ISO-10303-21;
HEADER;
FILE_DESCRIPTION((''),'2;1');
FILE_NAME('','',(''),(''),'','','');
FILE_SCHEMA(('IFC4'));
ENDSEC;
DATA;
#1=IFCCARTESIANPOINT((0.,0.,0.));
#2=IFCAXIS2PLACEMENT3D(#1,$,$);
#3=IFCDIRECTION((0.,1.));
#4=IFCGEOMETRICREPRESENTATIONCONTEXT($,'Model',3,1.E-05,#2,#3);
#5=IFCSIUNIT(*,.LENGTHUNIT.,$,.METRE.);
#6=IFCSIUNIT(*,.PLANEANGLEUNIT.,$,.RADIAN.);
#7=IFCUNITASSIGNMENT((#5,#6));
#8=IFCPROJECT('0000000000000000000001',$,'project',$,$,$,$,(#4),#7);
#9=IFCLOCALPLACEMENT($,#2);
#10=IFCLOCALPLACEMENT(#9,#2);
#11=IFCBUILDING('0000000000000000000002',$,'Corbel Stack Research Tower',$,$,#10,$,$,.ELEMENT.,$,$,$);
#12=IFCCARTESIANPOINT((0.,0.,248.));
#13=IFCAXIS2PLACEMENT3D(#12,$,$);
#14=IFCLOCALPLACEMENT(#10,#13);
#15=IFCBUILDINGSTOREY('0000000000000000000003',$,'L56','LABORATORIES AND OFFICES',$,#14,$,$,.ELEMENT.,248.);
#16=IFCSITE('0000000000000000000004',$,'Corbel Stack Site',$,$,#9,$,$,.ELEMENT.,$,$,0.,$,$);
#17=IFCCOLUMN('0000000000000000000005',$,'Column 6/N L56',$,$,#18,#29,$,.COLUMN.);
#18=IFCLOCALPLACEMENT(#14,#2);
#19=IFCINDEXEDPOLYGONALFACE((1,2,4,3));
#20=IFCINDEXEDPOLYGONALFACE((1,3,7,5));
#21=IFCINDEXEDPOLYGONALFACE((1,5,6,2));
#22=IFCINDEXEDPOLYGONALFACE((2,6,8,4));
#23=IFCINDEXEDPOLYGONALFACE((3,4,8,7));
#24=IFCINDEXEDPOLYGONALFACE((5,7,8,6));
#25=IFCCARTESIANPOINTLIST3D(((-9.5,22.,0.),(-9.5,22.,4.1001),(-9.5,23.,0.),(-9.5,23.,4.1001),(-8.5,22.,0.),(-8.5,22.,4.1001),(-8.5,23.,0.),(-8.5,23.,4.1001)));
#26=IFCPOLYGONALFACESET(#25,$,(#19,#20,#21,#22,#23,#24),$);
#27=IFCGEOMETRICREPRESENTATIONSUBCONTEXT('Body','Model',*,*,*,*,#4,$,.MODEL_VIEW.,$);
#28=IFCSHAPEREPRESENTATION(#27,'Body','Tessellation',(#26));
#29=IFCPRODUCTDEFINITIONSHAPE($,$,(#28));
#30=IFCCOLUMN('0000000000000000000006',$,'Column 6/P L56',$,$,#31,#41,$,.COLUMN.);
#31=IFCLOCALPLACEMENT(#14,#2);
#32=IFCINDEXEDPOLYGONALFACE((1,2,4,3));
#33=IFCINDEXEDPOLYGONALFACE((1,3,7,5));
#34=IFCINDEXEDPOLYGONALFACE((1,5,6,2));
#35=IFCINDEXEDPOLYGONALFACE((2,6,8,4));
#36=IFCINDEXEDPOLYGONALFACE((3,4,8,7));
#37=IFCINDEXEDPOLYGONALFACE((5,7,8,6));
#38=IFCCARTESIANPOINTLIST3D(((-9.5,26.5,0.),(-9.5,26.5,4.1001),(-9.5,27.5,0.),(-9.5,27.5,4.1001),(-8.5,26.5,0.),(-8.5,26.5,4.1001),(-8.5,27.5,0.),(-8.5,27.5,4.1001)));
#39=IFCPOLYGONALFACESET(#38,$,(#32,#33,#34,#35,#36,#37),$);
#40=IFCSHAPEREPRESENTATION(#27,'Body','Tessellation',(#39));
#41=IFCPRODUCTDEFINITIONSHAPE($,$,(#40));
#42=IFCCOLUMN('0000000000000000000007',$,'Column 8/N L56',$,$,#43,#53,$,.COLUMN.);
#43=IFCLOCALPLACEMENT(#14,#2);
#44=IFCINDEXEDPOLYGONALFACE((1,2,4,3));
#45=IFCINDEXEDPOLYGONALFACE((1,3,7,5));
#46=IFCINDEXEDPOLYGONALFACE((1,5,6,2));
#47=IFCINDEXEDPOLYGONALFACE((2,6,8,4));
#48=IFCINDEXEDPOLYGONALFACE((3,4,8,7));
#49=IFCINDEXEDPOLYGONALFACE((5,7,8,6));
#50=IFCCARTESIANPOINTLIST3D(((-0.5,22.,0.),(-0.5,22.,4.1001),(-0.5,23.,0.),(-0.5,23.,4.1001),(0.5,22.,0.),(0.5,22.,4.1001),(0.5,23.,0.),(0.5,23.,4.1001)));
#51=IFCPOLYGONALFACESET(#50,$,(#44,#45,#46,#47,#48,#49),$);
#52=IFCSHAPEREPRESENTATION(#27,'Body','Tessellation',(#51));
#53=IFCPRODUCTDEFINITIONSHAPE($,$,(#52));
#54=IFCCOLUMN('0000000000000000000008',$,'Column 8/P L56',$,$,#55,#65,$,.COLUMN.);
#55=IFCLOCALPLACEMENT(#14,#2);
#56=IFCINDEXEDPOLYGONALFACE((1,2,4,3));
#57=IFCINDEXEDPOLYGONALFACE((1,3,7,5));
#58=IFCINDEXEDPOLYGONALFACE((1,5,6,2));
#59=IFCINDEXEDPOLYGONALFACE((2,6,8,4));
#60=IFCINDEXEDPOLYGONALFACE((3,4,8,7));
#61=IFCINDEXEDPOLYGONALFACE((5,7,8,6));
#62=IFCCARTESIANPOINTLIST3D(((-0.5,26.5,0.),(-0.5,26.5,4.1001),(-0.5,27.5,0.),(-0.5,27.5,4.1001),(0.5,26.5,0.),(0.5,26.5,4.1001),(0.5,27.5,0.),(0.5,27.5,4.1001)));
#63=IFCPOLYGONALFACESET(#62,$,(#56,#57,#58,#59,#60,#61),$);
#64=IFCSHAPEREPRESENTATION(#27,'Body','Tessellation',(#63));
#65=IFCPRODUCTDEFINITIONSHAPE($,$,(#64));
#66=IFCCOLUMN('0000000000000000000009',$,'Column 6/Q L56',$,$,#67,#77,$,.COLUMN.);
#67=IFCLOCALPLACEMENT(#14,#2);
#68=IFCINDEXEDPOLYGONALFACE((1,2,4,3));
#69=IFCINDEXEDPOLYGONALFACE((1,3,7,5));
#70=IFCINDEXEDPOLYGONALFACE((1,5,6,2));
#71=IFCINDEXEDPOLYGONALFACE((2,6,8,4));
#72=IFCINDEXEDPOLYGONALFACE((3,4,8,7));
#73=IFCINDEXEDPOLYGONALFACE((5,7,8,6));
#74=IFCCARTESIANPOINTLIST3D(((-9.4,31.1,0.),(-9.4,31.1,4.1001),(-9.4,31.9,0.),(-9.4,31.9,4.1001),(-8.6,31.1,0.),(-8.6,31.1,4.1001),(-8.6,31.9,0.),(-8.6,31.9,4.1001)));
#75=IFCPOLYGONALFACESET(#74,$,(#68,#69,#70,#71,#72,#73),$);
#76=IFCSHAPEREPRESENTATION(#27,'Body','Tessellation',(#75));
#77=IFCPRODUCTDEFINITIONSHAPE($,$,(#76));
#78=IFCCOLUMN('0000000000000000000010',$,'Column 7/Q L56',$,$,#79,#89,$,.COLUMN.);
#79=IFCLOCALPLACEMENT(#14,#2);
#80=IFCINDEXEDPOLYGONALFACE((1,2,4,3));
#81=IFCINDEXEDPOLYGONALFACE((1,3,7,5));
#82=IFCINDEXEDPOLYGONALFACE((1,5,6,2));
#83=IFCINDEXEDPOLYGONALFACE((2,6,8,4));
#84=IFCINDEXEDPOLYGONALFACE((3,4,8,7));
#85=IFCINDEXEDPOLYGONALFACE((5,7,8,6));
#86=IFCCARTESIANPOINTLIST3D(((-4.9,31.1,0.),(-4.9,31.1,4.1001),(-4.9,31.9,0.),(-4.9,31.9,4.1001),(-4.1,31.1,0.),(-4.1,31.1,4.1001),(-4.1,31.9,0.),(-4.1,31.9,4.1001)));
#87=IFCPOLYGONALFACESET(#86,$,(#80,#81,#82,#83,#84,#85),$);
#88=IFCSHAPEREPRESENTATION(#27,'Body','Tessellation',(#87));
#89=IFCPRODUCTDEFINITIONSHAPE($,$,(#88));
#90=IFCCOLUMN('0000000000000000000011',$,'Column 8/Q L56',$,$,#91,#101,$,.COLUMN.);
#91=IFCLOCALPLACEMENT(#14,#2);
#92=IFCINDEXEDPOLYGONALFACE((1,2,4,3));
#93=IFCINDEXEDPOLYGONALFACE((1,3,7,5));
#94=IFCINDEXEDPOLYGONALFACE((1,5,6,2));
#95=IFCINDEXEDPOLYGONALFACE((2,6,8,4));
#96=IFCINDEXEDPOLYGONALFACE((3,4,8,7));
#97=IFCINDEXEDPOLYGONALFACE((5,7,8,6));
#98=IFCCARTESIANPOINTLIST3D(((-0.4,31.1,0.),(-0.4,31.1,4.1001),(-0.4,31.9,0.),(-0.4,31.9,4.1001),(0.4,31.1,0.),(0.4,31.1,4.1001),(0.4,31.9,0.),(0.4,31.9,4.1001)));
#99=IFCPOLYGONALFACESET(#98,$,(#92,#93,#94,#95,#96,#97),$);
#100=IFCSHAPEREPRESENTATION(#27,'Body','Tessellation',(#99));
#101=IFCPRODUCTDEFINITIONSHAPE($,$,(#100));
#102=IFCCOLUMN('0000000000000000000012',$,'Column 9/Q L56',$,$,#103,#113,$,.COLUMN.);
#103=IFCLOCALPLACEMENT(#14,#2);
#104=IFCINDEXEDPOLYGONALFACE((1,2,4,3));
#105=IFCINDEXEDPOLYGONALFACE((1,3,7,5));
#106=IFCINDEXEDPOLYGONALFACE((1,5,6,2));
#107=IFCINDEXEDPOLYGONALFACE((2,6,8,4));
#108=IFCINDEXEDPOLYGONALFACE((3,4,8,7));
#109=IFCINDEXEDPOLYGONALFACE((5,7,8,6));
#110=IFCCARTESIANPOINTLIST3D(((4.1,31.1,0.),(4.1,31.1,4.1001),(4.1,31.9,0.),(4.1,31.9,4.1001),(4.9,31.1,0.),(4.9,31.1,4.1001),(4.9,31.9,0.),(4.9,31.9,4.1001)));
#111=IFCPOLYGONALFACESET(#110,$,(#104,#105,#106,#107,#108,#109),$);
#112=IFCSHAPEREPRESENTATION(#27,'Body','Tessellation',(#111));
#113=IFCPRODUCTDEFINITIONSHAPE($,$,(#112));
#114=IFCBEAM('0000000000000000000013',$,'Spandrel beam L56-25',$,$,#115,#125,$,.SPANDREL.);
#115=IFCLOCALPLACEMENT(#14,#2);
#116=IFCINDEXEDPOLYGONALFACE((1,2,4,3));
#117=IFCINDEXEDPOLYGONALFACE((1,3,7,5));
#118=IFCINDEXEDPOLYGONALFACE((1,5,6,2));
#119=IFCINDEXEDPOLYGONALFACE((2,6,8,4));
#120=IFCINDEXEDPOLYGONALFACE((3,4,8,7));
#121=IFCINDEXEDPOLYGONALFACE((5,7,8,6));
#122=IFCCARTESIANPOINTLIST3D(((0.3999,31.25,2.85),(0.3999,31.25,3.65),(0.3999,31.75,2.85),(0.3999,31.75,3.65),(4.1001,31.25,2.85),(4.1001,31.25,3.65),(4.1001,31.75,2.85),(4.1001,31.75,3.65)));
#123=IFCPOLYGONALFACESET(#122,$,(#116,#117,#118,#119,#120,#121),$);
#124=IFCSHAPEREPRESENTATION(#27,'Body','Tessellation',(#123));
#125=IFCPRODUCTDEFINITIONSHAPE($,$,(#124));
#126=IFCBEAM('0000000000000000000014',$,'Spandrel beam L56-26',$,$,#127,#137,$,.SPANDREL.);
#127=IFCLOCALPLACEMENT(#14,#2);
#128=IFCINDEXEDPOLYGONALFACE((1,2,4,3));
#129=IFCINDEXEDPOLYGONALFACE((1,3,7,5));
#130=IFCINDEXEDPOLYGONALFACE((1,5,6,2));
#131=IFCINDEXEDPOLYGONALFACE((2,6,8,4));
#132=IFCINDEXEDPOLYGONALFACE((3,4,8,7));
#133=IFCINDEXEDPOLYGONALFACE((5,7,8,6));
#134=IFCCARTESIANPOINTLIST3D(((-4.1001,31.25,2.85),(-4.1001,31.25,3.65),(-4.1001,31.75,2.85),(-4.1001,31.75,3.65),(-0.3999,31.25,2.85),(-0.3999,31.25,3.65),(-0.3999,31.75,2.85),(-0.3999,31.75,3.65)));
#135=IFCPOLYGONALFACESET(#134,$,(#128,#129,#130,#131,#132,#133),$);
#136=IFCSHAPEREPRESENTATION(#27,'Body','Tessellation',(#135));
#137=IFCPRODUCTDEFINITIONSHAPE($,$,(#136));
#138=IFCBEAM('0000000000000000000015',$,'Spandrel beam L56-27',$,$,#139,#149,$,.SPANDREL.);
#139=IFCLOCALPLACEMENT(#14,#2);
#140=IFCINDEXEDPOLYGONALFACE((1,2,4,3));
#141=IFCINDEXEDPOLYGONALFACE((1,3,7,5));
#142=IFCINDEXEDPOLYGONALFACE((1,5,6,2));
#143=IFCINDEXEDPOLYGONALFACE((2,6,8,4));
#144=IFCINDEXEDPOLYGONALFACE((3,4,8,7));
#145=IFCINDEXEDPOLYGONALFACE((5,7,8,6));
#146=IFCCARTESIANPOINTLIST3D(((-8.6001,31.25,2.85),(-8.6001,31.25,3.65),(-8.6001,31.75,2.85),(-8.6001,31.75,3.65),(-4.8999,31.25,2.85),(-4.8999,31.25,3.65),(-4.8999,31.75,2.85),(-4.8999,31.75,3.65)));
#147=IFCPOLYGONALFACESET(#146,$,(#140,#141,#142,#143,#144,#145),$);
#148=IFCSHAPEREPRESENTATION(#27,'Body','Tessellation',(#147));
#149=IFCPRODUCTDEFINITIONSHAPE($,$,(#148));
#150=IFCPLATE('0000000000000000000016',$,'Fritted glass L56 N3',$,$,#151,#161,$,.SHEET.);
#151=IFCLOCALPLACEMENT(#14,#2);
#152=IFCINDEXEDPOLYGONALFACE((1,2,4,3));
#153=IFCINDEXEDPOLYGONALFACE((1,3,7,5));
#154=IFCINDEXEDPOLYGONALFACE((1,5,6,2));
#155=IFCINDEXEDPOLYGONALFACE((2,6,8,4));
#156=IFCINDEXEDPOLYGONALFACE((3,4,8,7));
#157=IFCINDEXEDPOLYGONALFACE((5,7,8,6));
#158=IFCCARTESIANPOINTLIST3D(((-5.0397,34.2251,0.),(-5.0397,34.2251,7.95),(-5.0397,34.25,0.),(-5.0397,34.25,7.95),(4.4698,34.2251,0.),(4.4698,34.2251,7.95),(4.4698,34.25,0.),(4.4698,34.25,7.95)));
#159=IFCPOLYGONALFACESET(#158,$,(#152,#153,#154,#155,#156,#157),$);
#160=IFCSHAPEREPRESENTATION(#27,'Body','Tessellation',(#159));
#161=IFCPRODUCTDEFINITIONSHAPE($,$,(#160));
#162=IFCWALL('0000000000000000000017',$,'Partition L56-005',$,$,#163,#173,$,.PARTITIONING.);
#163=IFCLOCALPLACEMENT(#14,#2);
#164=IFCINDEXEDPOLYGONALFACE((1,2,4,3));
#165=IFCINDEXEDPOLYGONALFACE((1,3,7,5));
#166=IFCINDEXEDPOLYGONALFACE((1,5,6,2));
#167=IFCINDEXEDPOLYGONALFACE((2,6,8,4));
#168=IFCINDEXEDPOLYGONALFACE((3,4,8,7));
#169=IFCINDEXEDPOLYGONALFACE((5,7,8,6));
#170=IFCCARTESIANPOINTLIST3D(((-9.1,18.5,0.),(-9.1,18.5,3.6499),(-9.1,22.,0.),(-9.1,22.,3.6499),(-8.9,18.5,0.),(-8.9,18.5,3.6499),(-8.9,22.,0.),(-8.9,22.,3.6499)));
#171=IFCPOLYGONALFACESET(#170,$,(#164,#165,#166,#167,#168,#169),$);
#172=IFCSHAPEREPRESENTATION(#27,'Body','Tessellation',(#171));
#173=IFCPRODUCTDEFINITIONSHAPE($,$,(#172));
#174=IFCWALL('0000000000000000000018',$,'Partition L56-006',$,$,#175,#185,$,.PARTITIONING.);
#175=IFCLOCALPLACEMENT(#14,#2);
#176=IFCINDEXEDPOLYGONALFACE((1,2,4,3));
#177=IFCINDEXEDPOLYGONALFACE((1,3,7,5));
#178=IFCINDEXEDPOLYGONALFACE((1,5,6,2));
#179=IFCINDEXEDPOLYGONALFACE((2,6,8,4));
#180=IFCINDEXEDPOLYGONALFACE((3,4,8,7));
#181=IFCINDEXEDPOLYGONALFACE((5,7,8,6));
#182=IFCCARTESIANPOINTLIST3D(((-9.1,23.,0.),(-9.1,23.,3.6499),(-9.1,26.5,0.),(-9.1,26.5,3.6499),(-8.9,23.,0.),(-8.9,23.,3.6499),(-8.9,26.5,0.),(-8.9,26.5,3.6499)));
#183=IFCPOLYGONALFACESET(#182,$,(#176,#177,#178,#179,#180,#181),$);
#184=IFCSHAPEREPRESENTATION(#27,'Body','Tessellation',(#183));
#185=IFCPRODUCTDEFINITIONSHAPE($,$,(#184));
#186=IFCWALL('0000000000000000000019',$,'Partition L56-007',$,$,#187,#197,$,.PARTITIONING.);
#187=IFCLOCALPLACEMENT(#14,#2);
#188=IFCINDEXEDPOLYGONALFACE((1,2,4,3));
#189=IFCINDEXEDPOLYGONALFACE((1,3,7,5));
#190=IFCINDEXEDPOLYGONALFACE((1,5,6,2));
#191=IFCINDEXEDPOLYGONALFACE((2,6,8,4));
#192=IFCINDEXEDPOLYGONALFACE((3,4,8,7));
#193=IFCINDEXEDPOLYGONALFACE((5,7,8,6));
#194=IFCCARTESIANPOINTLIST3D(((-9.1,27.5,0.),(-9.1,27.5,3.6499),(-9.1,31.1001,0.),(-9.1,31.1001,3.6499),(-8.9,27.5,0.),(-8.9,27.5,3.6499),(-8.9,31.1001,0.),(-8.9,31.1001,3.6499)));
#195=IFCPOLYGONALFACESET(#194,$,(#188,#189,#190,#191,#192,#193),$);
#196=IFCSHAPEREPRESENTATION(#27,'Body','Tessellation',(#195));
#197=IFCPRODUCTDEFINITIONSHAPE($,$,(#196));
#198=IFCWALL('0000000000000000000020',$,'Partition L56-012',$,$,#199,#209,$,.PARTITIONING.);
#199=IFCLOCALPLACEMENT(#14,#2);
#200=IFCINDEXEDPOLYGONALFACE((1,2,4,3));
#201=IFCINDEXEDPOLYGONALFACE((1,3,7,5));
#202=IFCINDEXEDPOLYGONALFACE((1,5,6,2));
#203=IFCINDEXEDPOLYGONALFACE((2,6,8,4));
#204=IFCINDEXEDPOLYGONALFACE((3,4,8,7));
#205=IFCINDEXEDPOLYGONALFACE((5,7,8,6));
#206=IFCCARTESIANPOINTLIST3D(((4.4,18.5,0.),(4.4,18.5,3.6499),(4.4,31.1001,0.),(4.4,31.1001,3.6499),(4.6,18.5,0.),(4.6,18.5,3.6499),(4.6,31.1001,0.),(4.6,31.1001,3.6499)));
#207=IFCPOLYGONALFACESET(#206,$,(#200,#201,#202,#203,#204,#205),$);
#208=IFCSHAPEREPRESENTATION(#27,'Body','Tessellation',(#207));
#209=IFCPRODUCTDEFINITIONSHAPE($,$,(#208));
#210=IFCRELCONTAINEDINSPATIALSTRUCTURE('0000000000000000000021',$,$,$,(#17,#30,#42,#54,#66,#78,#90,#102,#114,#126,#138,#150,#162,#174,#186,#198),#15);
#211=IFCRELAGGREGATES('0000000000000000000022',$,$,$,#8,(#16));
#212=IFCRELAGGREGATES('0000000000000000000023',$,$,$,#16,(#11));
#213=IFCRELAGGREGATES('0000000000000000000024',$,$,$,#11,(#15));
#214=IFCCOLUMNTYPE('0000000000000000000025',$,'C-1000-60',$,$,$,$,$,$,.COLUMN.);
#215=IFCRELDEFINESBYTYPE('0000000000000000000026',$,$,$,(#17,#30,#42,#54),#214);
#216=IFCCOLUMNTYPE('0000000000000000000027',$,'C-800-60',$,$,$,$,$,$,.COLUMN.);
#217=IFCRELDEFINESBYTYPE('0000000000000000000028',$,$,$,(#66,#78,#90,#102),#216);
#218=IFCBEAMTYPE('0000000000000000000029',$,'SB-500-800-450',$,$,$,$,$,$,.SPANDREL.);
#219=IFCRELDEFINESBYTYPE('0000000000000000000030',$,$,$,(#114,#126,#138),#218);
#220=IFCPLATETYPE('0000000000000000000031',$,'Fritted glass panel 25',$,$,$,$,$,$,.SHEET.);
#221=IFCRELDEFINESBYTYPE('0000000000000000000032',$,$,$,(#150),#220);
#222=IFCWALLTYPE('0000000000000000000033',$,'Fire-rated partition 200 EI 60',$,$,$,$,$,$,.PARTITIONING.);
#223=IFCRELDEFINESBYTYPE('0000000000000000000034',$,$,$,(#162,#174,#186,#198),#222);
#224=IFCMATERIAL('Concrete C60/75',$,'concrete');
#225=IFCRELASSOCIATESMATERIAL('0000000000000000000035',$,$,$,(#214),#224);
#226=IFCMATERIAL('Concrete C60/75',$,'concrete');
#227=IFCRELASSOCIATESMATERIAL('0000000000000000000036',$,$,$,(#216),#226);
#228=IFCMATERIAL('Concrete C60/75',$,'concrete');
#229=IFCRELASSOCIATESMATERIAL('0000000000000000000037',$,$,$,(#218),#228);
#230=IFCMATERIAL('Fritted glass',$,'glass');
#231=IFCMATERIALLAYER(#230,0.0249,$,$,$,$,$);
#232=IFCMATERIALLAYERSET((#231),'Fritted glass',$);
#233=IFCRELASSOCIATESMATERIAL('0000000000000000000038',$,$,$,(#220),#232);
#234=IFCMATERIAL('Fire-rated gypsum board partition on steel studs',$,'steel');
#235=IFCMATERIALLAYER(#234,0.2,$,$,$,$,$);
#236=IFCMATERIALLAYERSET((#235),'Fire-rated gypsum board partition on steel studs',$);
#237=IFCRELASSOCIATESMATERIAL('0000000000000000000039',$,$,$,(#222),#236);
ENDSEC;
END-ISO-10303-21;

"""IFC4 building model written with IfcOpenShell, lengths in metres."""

from ifc_helpers import new_model, si_unit, direction, frame, frame_2d, origin, origin_2d, place, context, subcontext, project, spatial, rectangle, extrude, material, layer, layer_set, material_profile, profile_set, type_object, element, save


model = new_model("IFC4")

# Units and contexts
model_context = context("Model", 3, precision=1e-05, world=origin(), true_north=direction((0.0, 1.0)))
body_context = subcontext(model_context, "Body", "Model", "MODEL_VIEW")
ifc_project = project(units=[si_unit("LENGTHUNIT", "METRE"), si_unit("PLANEANGLEUNIT", "RADIAN")], contexts=[model_context])

# Site, building, storey
site_placement = place(None, origin())
site = spatial("IfcSite", under=ifc_project, at=site_placement, Name="Corbel Stack Site", CompositionType="ELEMENT", RefElevation=0.0)
building_placement = place(site_placement, origin())
building = spatial("IfcBuilding", under=site, at=building_placement, Name="Corbel Stack Research Tower", CompositionType="ELEMENT")
storey_placement = place(building_placement, frame((0.0, 0.0, 248.0)))
storey = spatial("IfcBuildingStorey", under=building, at=storey_placement, Name="L56", Description="LABORATORIES AND OFFICES", CompositionType="ELEMENT", Elevation=248.0)

# Columns
ifc_material_1 = material(Name="Concrete C60/75", Category="concrete")
ifc_material_profile_1 = material_profile(ifc_material_1, rectangle(XDim=1.0, YDim=1.0, at=origin_2d()), Name="RC 1000 x 1000")
ifc_profile_set_1 = profile_set([ifc_material_profile_1], Name="Concrete C60/75")
column_type_1 = type_object("IfcColumnType", Name="C-1000-60", PredefinedType="COLUMN", material=ifc_profile_set_1)
for number, where, z_axis, x_axis, name in (
    (1, (-9.0, 22.5, 0.0), (0.0, 0.0, 1.0), (1.0, 0.0, 0.0), "Column 6/N L56"),
    (2, (-9.0, 27.0, 0.0), (0.0, 0.0, 1.0), (1.0, 0.0, 0.0), "Column 6/P L56"),
    (3, (0.0, 22.5, 0.0), (0.0, 0.0, 1.0), (1.0, 0.0, 0.0), "Column 8/N L56"),
    (4, (0.0, 27.0, 0.0), (0.0, 0.0, 1.0), (1.0, 0.0, 0.0), "Column 8/P L56"),
):
    element("IfcColumn", number, at=place(storey_placement, frame(where, z_axis=z_axis, x_axis=x_axis)), inside=storey, type_object=column_type_1, Name=name, PredefinedType="COLUMN", context=body_context, shape_type="SweptSolid", body=[
        extrude(rectangle(XDim=1.0, YDim=1.0, at=origin_2d()), origin(), (0.0, 0.0, 1.0), 4.1001),
    ])
ifc_material_2 = material(Name="Concrete C60/75", Category="concrete")
ifc_material_profile_2 = material_profile(ifc_material_2, rectangle(XDim=0.8, YDim=0.8, at=origin_2d()), Name="RC 800 x 800")
ifc_profile_set_2 = profile_set([ifc_material_profile_2], Name="Concrete C60/75")
column_type_2 = type_object("IfcColumnType", Name="C-800-60", PredefinedType="COLUMN", material=ifc_profile_set_2)
for number, where, z_axis, x_axis, name in (
    (5, (-9.0, 31.5, 0.0), (0.0, 0.0, 1.0), (1.0, 0.0, 0.0), "Column 6/Q L56"),
    (6, (-4.5, 31.5, 0.0), (0.0, 0.0, 1.0), (1.0, 0.0, 0.0), "Column 7/Q L56"),
    (7, (0.0, 31.5, 0.0), (0.0, 0.0, 1.0), (1.0, 0.0, 0.0), "Column 8/Q L56"),
    (8, (4.5, 31.5, 0.0), (0.0, 0.0, 1.0), (1.0, 0.0, 0.0), "Column 9/Q L56"),
):
    element("IfcColumn", number, at=place(storey_placement, frame(where, z_axis=z_axis, x_axis=x_axis)), inside=storey, type_object=column_type_2, Name=name, PredefinedType="COLUMN", context=body_context, shape_type="SweptSolid", body=[
        extrude(rectangle(XDim=0.8, YDim=0.8, at=origin_2d()), origin(), (0.0, 0.0, 1.0), 4.1001),
    ])

# Beams
ifc_material_3 = material(Name="Concrete C60/75", Category="concrete")
ifc_material_profile_3 = material_profile(ifc_material_3, rectangle(XDim=0.5, YDim=0.8, at=origin_2d()), Name="RC 500 x 800")
ifc_profile_set_3 = profile_set([ifc_material_profile_3], Name="Concrete C60/75")
beam_type = type_object("IfcBeamType", Name="SB-500-800-450", PredefinedType="SPANDREL", material=ifc_profile_set_3)
for number, where, z_axis, x_axis, name in (
    (9, (4.1001, 31.5, 3.25), (-1.0, 0.0, 0.0), (0.0, -1.0, 0.0), "Spandrel beam L56-25"),
    (10, (-0.3999, 31.5, 3.25), (-1.0, 0.0, 0.0), (0.0, -1.0, 0.0), "Spandrel beam L56-26"),
    (11, (-4.8999, 31.5, 3.25), (-1.0, 0.0, 0.0), (0.0, -1.0, 0.0), "Spandrel beam L56-27"),
):
    element("IfcBeam", number, at=place(storey_placement, frame(where, z_axis=z_axis, x_axis=x_axis)), inside=storey, type_object=beam_type, Name=name, PredefinedType="SPANDREL", context=body_context, shape_type="SweptSolid", body=[
        extrude(rectangle(XDim=0.5, YDim=0.8, at=origin_2d()), origin(), (0.0, 0.0, 1.0), 3.7002),
    ])

# Plate
ifc_material_4 = material(Name="Fritted glass", Category="glass")
ifc_layer_1 = layer(ifc_material_4, 0.0249)
ifc_layer_set_1 = layer_set([ifc_layer_1], Name="Fritted glass")
plate_type = type_object("IfcPlateType", Name="Fritted glass panel 25", PredefinedType="SHEET", material=ifc_layer_set_1)
plate_placement = place(storey_placement, frame((-0.2849, 34.2375, 0.0), z_axis=(0.0, 0.0, 1.0), x_axis=(-1.0, 0.0, 0.0)))
element("IfcPlate", 12, at=plate_placement, inside=storey, type_object=plate_type, Name="Fritted glass L56 N3", PredefinedType="SHEET", context=body_context, shape_type="SweptSolid", body=[
    extrude(rectangle(XDim=9.5095, YDim=0.0249, at=origin_2d()), origin(), (0.0, 0.0, 1.0), 7.95),
])

# Walls
ifc_material_5 = material(Name="Fire-rated gypsum board partition on steel studs", Category="steel")
ifc_layer_2 = layer(ifc_material_5, 0.2)
ifc_layer_set_2 = layer_set([ifc_layer_2], Name="Fire-rated gypsum board partition on steel studs")
wall_type_1 = type_object("IfcWallType", Name="Fire-rated partition 200 EI 60", PredefinedType="PARTITIONING", material=ifc_layer_set_2)
for number, where, z_axis, x_axis, name in (
    (13, (-9.0, 18.5, 0.0), (0.0, 0.0, 1.0), (0.0, 1.0, 0.0), "Partition L56-005"),
    (14, (-9.0, 23.0, 0.0), (0.0, 0.0, 1.0), (0.0, 1.0, 0.0), "Partition L56-006"),
):
    element("IfcWall", number, at=place(storey_placement, frame(where, z_axis=z_axis, x_axis=x_axis)), inside=storey, type_object=wall_type_1, Name=name, PredefinedType="PARTITIONING", context=body_context, shape_type="SweptSolid", body=[
        extrude(rectangle(XDim=3.5, YDim=0.2, at=frame_2d((1.75, 0.0))), origin(), (0.0, 0.0, 1.0), 3.6499),
    ])
wall_1_placement = place(storey_placement, frame((-9.0, 27.5, 0.0), z_axis=(0.0, 0.0, 1.0), x_axis=(0.0, 1.0, 0.0)))
element("IfcWall", 15, at=wall_1_placement, inside=storey, type_object=wall_type_1, Name="Partition L56-007", PredefinedType="PARTITIONING", context=body_context, shape_type="SweptSolid", body=[
    extrude(rectangle(XDim=3.6001, YDim=0.2, at=frame_2d((1.8, 0.0))), origin(), (0.0, 0.0, 1.0), 3.6499),
])
wall_2_placement = place(storey_placement, frame((4.5, 18.5, 0.0), z_axis=(0.0, 0.0, 1.0), x_axis=(0.0, 1.0, 0.0)))
element("IfcWall", 16, at=wall_2_placement, inside=storey, type_object=wall_type_1, Name="Partition L56-012", PredefinedType="PARTITIONING", context=body_context, shape_type="SweptSolid", body=[
    extrude(rectangle(XDim=12.6001, YDim=0.2, at=frame_2d((6.3, 0.0))), origin(), (0.0, 0.0, 1.0), 3.6499),
])

save(model, "model.ifc")
